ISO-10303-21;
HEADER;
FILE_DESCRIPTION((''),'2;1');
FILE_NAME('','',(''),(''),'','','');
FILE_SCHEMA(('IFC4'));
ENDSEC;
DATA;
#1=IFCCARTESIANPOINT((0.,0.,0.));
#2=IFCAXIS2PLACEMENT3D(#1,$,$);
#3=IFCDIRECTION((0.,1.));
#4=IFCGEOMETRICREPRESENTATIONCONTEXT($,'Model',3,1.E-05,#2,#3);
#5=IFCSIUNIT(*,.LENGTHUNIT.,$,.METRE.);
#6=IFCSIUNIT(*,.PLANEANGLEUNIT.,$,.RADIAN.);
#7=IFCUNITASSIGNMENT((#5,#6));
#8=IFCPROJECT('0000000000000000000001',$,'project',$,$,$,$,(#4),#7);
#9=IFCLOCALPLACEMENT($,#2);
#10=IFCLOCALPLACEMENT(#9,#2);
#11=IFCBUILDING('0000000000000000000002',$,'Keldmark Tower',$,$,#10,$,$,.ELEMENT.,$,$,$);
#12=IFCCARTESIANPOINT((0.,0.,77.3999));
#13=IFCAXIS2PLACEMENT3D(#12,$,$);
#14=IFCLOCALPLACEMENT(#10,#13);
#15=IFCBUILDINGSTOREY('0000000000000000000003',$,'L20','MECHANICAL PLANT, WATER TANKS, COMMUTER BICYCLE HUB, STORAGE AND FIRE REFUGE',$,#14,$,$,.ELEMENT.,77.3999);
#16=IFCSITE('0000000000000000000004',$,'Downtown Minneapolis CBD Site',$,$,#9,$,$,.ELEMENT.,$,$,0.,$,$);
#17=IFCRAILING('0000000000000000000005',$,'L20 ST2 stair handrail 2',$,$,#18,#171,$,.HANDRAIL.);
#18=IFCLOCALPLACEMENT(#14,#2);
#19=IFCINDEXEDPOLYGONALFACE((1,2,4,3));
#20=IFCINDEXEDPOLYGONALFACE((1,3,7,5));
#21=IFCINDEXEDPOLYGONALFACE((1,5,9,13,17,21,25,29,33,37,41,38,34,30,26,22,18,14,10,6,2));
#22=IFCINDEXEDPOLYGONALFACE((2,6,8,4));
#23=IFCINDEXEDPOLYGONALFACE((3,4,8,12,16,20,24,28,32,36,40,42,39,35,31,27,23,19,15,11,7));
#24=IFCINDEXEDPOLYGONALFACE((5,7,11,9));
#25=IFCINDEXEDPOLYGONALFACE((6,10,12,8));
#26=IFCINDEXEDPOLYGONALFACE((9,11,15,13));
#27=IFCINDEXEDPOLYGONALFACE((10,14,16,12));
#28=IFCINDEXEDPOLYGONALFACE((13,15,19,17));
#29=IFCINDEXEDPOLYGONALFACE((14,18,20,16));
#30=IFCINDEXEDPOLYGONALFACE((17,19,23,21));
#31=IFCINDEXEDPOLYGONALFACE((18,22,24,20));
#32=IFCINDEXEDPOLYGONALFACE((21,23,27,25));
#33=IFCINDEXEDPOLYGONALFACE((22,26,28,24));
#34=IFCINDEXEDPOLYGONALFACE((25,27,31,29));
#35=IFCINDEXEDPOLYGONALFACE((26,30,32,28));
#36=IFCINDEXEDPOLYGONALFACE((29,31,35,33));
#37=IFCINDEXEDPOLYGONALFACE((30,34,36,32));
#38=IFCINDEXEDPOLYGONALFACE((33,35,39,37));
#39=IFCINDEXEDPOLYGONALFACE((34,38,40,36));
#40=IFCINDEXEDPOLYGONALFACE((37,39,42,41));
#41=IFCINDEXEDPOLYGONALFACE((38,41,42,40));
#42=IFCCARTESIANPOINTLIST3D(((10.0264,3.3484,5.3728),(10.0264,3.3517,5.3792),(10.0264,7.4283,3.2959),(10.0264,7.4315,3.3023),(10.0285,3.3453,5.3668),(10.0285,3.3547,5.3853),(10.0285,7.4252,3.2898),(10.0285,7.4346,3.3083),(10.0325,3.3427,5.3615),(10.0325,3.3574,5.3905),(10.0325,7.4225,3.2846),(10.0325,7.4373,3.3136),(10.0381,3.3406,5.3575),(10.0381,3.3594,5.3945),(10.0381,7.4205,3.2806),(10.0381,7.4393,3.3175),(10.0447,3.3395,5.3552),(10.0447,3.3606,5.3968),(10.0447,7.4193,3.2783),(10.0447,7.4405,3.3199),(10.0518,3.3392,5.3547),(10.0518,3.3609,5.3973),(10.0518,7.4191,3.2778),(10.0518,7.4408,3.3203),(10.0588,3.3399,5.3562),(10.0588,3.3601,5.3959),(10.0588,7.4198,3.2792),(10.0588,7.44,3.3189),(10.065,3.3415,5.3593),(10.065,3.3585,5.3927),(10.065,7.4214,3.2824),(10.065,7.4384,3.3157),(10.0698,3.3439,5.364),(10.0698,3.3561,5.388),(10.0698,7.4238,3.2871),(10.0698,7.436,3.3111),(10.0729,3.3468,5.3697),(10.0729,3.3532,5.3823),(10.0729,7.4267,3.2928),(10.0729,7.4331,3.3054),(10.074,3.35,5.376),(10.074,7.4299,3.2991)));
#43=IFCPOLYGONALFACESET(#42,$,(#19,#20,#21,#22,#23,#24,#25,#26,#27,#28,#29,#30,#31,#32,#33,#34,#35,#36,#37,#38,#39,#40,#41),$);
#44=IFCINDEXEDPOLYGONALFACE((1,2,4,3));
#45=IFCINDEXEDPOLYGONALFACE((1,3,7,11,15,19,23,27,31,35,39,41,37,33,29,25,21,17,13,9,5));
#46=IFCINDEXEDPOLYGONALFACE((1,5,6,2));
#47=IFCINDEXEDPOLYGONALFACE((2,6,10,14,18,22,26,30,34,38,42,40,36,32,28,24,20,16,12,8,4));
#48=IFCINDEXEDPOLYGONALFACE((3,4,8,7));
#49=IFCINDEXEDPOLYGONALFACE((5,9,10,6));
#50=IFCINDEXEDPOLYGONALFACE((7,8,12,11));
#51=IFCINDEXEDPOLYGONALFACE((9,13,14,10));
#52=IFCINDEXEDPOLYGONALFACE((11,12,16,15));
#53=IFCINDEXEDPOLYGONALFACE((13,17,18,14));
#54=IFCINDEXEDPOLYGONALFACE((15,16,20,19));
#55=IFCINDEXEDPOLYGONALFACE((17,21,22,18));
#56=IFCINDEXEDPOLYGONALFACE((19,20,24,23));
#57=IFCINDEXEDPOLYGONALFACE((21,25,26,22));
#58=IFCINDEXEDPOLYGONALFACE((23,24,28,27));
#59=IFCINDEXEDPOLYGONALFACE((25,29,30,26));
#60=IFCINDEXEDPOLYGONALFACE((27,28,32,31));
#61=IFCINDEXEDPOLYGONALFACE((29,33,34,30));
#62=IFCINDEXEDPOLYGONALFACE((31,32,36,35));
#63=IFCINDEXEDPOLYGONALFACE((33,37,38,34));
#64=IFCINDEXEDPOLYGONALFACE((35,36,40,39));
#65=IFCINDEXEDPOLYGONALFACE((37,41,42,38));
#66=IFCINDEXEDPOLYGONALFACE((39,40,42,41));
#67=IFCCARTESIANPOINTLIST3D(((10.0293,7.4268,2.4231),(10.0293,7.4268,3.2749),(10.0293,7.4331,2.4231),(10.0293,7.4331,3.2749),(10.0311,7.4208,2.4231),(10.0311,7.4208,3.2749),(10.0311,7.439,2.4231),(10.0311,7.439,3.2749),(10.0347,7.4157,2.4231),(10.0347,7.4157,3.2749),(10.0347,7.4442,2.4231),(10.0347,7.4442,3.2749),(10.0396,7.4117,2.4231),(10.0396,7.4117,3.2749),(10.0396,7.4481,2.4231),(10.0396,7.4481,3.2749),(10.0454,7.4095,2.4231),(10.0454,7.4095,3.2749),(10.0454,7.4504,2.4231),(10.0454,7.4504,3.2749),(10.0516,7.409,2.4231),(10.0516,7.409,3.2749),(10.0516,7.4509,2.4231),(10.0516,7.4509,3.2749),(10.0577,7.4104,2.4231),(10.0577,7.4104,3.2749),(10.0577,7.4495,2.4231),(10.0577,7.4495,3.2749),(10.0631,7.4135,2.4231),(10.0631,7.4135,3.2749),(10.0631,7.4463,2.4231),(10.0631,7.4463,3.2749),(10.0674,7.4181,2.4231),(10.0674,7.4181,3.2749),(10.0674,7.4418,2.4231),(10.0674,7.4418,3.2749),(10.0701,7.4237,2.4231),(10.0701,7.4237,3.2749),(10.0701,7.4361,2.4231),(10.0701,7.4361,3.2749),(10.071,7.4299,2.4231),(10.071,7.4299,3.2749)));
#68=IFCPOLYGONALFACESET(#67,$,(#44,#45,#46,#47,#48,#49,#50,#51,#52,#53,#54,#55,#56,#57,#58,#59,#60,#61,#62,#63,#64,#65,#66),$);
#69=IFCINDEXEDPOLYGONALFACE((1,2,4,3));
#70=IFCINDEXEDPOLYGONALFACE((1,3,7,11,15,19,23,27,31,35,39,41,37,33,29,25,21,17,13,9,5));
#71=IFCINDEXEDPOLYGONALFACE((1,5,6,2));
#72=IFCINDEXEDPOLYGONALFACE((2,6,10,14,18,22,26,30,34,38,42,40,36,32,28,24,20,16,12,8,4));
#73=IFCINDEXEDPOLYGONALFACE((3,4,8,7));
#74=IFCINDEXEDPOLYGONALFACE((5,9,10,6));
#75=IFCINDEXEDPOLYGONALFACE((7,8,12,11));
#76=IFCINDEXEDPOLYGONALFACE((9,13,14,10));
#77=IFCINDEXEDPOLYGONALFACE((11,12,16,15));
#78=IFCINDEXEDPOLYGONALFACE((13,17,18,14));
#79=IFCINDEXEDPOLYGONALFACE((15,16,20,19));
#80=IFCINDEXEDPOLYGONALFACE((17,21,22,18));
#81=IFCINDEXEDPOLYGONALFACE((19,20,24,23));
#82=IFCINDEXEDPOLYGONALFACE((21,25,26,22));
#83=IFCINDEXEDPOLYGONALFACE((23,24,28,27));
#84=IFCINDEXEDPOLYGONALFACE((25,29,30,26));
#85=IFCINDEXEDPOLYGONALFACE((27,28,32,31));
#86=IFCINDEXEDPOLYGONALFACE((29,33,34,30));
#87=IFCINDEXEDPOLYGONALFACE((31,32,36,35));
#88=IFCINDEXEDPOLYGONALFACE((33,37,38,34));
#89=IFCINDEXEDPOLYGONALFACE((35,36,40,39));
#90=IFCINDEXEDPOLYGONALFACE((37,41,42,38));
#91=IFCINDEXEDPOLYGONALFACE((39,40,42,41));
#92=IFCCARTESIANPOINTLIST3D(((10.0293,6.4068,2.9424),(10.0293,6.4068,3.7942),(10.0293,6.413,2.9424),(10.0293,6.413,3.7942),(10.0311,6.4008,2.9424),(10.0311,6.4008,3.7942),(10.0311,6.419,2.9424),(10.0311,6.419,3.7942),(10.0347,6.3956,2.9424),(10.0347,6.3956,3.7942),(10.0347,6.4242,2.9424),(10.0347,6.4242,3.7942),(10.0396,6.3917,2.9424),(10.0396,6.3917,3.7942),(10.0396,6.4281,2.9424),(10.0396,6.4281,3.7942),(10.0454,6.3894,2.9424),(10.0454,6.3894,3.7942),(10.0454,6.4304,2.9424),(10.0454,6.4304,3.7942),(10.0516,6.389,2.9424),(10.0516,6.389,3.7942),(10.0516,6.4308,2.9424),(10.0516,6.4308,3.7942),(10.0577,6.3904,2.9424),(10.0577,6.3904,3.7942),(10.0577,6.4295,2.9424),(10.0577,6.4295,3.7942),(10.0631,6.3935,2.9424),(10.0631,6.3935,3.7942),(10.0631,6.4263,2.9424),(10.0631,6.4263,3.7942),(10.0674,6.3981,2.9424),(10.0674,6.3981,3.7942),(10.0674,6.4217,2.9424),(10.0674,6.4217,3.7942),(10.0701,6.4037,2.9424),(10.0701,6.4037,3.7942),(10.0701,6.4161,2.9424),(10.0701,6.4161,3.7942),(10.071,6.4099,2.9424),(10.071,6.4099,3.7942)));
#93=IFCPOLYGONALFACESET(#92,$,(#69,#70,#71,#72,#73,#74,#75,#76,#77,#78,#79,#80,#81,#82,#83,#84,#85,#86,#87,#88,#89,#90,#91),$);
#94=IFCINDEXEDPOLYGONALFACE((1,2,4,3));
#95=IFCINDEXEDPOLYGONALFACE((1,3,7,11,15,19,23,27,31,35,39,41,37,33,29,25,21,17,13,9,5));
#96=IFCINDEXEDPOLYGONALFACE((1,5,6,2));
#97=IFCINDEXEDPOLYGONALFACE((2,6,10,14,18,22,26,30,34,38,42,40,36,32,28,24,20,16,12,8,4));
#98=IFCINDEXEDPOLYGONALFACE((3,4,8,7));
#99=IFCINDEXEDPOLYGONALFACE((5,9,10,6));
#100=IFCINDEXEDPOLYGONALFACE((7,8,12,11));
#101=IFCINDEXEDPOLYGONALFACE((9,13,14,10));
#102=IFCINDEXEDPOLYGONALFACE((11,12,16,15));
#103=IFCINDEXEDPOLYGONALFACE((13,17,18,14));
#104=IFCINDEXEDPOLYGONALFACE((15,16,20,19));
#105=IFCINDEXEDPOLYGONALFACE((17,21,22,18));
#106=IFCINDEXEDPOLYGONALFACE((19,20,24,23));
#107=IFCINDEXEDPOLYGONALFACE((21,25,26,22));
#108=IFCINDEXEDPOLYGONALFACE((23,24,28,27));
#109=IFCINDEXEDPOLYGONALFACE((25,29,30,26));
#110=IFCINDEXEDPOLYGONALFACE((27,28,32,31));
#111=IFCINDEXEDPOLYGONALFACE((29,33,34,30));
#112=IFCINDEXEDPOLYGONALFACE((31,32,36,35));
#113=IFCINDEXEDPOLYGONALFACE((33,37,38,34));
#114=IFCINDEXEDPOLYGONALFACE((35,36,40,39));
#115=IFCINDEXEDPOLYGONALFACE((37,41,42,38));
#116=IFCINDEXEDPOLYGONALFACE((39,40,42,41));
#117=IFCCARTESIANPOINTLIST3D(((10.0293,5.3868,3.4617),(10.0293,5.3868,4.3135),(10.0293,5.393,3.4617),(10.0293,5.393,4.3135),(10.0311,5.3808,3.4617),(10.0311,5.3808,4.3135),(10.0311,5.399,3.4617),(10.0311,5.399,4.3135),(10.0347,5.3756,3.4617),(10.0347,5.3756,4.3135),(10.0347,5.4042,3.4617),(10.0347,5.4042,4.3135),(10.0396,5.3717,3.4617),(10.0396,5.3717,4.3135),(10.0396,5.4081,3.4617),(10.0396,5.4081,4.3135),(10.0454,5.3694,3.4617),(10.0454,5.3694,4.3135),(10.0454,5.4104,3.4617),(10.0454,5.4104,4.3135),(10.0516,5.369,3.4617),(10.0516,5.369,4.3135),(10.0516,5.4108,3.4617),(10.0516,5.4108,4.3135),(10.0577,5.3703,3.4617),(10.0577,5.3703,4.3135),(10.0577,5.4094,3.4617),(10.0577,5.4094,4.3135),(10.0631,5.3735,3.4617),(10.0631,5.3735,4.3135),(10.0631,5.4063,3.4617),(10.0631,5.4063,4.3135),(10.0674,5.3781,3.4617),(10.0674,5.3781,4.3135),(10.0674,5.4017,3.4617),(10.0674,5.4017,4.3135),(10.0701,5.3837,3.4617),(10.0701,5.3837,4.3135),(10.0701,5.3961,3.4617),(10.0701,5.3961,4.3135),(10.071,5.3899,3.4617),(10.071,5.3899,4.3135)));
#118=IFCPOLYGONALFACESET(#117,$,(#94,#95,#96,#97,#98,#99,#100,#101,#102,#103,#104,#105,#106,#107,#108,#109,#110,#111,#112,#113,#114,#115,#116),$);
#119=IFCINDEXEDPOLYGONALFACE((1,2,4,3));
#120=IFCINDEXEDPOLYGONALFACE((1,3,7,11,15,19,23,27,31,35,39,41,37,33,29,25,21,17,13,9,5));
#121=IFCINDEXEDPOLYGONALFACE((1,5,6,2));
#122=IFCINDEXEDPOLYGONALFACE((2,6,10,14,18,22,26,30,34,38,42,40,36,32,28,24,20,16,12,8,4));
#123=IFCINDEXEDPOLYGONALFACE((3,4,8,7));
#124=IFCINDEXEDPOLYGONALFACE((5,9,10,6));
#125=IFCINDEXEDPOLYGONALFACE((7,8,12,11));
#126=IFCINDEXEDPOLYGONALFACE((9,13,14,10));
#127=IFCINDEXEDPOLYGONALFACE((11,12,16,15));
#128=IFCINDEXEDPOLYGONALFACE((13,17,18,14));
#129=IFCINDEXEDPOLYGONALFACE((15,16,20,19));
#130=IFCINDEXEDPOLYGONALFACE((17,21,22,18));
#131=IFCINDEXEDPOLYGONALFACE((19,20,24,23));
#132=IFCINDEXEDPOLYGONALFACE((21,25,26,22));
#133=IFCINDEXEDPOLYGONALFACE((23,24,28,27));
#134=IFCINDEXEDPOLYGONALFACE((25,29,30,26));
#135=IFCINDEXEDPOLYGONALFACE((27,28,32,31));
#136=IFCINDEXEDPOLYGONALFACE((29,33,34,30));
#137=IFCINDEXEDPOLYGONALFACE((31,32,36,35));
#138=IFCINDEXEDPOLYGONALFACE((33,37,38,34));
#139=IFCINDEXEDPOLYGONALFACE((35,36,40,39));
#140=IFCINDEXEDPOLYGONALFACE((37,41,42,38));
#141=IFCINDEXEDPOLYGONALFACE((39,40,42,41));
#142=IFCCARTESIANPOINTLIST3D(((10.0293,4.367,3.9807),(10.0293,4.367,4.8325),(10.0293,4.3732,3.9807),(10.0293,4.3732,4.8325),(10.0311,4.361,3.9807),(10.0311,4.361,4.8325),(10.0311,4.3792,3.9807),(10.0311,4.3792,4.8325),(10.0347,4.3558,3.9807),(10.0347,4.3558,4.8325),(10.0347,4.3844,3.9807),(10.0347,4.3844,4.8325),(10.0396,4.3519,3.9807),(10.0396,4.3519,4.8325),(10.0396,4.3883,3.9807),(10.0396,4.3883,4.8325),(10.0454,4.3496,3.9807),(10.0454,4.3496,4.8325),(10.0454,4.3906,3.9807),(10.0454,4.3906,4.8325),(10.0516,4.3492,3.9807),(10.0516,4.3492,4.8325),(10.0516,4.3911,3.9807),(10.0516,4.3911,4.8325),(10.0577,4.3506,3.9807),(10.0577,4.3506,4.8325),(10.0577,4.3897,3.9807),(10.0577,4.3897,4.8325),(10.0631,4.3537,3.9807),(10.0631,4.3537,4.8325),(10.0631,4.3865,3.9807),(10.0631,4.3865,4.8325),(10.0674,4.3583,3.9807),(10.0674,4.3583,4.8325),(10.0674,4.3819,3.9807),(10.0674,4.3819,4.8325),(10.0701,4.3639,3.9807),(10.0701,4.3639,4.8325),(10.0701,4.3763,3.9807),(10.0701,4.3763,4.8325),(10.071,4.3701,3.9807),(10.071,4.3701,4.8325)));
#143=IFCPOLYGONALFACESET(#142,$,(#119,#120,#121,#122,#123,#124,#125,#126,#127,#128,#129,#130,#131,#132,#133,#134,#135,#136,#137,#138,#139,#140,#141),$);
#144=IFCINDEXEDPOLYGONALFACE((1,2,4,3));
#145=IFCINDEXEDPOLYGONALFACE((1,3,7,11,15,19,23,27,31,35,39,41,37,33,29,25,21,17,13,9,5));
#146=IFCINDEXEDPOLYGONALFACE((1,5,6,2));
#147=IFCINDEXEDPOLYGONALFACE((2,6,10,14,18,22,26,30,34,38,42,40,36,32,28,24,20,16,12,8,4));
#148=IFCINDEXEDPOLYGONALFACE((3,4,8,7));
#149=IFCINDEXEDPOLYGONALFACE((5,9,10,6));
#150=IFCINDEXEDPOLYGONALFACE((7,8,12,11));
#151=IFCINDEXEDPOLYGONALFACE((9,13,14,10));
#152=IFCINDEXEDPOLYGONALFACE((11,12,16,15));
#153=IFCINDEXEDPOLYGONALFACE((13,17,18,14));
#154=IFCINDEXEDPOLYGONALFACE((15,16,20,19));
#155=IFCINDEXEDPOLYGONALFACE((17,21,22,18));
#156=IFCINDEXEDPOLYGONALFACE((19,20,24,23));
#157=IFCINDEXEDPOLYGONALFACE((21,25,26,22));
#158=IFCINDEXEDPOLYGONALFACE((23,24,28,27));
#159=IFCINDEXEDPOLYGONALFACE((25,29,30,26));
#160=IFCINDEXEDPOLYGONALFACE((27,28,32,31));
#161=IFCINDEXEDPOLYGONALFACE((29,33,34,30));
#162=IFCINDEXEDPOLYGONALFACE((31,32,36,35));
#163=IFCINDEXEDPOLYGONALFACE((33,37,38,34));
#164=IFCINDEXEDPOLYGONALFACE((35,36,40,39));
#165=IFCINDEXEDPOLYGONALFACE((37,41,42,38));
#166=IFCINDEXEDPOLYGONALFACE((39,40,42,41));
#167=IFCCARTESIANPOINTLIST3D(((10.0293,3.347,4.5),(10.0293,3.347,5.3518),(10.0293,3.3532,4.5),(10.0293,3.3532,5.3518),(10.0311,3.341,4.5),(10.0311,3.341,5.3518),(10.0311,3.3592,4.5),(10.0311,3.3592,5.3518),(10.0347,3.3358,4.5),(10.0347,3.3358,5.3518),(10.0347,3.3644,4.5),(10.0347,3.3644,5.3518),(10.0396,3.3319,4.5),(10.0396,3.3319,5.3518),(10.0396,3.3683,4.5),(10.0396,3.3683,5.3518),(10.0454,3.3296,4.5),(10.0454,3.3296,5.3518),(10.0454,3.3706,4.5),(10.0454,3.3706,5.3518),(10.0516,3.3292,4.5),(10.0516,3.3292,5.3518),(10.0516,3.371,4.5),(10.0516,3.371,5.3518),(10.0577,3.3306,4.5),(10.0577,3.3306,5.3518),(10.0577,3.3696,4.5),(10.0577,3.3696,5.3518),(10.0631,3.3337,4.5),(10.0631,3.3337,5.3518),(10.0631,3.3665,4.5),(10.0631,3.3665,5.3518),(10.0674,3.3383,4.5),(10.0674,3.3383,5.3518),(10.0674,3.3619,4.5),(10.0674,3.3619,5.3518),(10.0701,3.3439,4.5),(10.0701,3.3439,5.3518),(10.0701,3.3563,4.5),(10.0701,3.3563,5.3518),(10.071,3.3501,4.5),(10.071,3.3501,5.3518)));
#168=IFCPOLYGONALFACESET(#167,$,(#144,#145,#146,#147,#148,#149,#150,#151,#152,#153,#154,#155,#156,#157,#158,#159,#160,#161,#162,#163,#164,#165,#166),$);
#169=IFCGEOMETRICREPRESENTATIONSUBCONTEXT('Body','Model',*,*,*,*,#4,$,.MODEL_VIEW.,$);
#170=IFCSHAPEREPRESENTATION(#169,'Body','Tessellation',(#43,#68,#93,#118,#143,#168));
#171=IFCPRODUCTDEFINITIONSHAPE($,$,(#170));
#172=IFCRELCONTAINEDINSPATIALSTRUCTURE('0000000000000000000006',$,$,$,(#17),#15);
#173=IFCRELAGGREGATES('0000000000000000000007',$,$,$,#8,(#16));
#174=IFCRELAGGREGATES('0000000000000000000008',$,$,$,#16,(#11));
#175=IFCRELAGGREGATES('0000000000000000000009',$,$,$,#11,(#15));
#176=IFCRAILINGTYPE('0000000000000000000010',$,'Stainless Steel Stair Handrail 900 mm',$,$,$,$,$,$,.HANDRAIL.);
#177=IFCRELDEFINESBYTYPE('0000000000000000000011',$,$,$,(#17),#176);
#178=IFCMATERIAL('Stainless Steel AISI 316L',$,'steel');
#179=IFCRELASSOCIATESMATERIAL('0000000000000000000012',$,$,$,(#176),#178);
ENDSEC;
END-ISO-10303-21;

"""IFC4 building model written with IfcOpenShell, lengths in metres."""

from ifc_helpers import new_model, si_unit, direction, frame, origin, origin_2d, place, context, subcontext, project, spatial, circle, extrude, material, type_object, element, save


model = new_model("IFC4")

# Units and contexts
model_context = context("Model", 3, precision=1e-05, world=origin(), true_north=direction((0.0, 1.0)))
body_context = subcontext(model_context, "Body", "Model", "MODEL_VIEW")
ifc_project = project(units=[si_unit("LENGTHUNIT", "METRE"), si_unit("PLANEANGLEUNIT", "RADIAN")], contexts=[model_context])

# Site, building, storey
site_placement = place(None, origin())
site = spatial("IfcSite", under=ifc_project, at=site_placement, Name="Downtown Minneapolis CBD Site", CompositionType="ELEMENT", RefElevation=0.0)
building_placement = place(site_placement, origin())
building = spatial("IfcBuilding", under=site, at=building_placement, Name="Keldmark Tower", CompositionType="ELEMENT")
storey_placement = place(building_placement, frame((0.0, 0.0, 77.3999)))
storey = spatial("IfcBuildingStorey", under=building, at=storey_placement, Name="L20", Description="MECHANICAL PLANT, WATER TANKS, COMMUTER BICYCLE HUB, STORAGE AND FIRE REFUGE", CompositionType="ELEMENT", Elevation=77.3999)

# Railing
ifc_material_1 = material(Name="Stainless Steel AISI 316L", Category="steel")
railing_type_1 = type_object("IfcRailingType", Name="Stainless Steel Stair Handrail 900 mm", PredefinedType="HANDRAIL", material=ifc_material_1)
railing_1_placement = place(storey_placement, frame((10.05, 7.4299, 2.4231)))
element("IfcRailing", 1, at=railing_1_placement, inside=storey, type_object=railing_type_1, Name="L20 ST2 stair handrail 2", PredefinedType="HANDRAIL", context=body_context, shape_type="SweptSolid", body=[
    extrude(circle(Radius=0.0239, at=origin_2d()), frame((0.0, 0.0, 0.876), z_axis=(0.0, -0.891172, 0.453665), x_axis=(1.0, 0.0, 0.0)), (0.0, 0.0, 1.0), 4.5781),
    extrude(circle(Radius=0.021, at=origin_2d()), origin(), (0.0, 0.0, 1.0), 0.8518),
    extrude(circle(Radius=0.021, at=origin_2d()), frame((0.0, -1.02, 0.5193)), (0.0, 0.0, 1.0), 0.8518),
    extrude(circle(Radius=0.021, at=origin_2d()), frame((0.0, -2.04, 1.0386)), (0.0, 0.0, 1.0), 0.8518),
    extrude(circle(Radius=0.021, at=origin_2d()), frame((0.0, -3.0598, 1.5576)), (0.0, 0.0, 1.0), 0.8518),
    extrude(circle(Radius=0.021, at=origin_2d()), frame((0.0, -4.0798, 2.0769)), (0.0, 0.0, 1.0), 0.8518),
])

save(model, "model.ifc")
